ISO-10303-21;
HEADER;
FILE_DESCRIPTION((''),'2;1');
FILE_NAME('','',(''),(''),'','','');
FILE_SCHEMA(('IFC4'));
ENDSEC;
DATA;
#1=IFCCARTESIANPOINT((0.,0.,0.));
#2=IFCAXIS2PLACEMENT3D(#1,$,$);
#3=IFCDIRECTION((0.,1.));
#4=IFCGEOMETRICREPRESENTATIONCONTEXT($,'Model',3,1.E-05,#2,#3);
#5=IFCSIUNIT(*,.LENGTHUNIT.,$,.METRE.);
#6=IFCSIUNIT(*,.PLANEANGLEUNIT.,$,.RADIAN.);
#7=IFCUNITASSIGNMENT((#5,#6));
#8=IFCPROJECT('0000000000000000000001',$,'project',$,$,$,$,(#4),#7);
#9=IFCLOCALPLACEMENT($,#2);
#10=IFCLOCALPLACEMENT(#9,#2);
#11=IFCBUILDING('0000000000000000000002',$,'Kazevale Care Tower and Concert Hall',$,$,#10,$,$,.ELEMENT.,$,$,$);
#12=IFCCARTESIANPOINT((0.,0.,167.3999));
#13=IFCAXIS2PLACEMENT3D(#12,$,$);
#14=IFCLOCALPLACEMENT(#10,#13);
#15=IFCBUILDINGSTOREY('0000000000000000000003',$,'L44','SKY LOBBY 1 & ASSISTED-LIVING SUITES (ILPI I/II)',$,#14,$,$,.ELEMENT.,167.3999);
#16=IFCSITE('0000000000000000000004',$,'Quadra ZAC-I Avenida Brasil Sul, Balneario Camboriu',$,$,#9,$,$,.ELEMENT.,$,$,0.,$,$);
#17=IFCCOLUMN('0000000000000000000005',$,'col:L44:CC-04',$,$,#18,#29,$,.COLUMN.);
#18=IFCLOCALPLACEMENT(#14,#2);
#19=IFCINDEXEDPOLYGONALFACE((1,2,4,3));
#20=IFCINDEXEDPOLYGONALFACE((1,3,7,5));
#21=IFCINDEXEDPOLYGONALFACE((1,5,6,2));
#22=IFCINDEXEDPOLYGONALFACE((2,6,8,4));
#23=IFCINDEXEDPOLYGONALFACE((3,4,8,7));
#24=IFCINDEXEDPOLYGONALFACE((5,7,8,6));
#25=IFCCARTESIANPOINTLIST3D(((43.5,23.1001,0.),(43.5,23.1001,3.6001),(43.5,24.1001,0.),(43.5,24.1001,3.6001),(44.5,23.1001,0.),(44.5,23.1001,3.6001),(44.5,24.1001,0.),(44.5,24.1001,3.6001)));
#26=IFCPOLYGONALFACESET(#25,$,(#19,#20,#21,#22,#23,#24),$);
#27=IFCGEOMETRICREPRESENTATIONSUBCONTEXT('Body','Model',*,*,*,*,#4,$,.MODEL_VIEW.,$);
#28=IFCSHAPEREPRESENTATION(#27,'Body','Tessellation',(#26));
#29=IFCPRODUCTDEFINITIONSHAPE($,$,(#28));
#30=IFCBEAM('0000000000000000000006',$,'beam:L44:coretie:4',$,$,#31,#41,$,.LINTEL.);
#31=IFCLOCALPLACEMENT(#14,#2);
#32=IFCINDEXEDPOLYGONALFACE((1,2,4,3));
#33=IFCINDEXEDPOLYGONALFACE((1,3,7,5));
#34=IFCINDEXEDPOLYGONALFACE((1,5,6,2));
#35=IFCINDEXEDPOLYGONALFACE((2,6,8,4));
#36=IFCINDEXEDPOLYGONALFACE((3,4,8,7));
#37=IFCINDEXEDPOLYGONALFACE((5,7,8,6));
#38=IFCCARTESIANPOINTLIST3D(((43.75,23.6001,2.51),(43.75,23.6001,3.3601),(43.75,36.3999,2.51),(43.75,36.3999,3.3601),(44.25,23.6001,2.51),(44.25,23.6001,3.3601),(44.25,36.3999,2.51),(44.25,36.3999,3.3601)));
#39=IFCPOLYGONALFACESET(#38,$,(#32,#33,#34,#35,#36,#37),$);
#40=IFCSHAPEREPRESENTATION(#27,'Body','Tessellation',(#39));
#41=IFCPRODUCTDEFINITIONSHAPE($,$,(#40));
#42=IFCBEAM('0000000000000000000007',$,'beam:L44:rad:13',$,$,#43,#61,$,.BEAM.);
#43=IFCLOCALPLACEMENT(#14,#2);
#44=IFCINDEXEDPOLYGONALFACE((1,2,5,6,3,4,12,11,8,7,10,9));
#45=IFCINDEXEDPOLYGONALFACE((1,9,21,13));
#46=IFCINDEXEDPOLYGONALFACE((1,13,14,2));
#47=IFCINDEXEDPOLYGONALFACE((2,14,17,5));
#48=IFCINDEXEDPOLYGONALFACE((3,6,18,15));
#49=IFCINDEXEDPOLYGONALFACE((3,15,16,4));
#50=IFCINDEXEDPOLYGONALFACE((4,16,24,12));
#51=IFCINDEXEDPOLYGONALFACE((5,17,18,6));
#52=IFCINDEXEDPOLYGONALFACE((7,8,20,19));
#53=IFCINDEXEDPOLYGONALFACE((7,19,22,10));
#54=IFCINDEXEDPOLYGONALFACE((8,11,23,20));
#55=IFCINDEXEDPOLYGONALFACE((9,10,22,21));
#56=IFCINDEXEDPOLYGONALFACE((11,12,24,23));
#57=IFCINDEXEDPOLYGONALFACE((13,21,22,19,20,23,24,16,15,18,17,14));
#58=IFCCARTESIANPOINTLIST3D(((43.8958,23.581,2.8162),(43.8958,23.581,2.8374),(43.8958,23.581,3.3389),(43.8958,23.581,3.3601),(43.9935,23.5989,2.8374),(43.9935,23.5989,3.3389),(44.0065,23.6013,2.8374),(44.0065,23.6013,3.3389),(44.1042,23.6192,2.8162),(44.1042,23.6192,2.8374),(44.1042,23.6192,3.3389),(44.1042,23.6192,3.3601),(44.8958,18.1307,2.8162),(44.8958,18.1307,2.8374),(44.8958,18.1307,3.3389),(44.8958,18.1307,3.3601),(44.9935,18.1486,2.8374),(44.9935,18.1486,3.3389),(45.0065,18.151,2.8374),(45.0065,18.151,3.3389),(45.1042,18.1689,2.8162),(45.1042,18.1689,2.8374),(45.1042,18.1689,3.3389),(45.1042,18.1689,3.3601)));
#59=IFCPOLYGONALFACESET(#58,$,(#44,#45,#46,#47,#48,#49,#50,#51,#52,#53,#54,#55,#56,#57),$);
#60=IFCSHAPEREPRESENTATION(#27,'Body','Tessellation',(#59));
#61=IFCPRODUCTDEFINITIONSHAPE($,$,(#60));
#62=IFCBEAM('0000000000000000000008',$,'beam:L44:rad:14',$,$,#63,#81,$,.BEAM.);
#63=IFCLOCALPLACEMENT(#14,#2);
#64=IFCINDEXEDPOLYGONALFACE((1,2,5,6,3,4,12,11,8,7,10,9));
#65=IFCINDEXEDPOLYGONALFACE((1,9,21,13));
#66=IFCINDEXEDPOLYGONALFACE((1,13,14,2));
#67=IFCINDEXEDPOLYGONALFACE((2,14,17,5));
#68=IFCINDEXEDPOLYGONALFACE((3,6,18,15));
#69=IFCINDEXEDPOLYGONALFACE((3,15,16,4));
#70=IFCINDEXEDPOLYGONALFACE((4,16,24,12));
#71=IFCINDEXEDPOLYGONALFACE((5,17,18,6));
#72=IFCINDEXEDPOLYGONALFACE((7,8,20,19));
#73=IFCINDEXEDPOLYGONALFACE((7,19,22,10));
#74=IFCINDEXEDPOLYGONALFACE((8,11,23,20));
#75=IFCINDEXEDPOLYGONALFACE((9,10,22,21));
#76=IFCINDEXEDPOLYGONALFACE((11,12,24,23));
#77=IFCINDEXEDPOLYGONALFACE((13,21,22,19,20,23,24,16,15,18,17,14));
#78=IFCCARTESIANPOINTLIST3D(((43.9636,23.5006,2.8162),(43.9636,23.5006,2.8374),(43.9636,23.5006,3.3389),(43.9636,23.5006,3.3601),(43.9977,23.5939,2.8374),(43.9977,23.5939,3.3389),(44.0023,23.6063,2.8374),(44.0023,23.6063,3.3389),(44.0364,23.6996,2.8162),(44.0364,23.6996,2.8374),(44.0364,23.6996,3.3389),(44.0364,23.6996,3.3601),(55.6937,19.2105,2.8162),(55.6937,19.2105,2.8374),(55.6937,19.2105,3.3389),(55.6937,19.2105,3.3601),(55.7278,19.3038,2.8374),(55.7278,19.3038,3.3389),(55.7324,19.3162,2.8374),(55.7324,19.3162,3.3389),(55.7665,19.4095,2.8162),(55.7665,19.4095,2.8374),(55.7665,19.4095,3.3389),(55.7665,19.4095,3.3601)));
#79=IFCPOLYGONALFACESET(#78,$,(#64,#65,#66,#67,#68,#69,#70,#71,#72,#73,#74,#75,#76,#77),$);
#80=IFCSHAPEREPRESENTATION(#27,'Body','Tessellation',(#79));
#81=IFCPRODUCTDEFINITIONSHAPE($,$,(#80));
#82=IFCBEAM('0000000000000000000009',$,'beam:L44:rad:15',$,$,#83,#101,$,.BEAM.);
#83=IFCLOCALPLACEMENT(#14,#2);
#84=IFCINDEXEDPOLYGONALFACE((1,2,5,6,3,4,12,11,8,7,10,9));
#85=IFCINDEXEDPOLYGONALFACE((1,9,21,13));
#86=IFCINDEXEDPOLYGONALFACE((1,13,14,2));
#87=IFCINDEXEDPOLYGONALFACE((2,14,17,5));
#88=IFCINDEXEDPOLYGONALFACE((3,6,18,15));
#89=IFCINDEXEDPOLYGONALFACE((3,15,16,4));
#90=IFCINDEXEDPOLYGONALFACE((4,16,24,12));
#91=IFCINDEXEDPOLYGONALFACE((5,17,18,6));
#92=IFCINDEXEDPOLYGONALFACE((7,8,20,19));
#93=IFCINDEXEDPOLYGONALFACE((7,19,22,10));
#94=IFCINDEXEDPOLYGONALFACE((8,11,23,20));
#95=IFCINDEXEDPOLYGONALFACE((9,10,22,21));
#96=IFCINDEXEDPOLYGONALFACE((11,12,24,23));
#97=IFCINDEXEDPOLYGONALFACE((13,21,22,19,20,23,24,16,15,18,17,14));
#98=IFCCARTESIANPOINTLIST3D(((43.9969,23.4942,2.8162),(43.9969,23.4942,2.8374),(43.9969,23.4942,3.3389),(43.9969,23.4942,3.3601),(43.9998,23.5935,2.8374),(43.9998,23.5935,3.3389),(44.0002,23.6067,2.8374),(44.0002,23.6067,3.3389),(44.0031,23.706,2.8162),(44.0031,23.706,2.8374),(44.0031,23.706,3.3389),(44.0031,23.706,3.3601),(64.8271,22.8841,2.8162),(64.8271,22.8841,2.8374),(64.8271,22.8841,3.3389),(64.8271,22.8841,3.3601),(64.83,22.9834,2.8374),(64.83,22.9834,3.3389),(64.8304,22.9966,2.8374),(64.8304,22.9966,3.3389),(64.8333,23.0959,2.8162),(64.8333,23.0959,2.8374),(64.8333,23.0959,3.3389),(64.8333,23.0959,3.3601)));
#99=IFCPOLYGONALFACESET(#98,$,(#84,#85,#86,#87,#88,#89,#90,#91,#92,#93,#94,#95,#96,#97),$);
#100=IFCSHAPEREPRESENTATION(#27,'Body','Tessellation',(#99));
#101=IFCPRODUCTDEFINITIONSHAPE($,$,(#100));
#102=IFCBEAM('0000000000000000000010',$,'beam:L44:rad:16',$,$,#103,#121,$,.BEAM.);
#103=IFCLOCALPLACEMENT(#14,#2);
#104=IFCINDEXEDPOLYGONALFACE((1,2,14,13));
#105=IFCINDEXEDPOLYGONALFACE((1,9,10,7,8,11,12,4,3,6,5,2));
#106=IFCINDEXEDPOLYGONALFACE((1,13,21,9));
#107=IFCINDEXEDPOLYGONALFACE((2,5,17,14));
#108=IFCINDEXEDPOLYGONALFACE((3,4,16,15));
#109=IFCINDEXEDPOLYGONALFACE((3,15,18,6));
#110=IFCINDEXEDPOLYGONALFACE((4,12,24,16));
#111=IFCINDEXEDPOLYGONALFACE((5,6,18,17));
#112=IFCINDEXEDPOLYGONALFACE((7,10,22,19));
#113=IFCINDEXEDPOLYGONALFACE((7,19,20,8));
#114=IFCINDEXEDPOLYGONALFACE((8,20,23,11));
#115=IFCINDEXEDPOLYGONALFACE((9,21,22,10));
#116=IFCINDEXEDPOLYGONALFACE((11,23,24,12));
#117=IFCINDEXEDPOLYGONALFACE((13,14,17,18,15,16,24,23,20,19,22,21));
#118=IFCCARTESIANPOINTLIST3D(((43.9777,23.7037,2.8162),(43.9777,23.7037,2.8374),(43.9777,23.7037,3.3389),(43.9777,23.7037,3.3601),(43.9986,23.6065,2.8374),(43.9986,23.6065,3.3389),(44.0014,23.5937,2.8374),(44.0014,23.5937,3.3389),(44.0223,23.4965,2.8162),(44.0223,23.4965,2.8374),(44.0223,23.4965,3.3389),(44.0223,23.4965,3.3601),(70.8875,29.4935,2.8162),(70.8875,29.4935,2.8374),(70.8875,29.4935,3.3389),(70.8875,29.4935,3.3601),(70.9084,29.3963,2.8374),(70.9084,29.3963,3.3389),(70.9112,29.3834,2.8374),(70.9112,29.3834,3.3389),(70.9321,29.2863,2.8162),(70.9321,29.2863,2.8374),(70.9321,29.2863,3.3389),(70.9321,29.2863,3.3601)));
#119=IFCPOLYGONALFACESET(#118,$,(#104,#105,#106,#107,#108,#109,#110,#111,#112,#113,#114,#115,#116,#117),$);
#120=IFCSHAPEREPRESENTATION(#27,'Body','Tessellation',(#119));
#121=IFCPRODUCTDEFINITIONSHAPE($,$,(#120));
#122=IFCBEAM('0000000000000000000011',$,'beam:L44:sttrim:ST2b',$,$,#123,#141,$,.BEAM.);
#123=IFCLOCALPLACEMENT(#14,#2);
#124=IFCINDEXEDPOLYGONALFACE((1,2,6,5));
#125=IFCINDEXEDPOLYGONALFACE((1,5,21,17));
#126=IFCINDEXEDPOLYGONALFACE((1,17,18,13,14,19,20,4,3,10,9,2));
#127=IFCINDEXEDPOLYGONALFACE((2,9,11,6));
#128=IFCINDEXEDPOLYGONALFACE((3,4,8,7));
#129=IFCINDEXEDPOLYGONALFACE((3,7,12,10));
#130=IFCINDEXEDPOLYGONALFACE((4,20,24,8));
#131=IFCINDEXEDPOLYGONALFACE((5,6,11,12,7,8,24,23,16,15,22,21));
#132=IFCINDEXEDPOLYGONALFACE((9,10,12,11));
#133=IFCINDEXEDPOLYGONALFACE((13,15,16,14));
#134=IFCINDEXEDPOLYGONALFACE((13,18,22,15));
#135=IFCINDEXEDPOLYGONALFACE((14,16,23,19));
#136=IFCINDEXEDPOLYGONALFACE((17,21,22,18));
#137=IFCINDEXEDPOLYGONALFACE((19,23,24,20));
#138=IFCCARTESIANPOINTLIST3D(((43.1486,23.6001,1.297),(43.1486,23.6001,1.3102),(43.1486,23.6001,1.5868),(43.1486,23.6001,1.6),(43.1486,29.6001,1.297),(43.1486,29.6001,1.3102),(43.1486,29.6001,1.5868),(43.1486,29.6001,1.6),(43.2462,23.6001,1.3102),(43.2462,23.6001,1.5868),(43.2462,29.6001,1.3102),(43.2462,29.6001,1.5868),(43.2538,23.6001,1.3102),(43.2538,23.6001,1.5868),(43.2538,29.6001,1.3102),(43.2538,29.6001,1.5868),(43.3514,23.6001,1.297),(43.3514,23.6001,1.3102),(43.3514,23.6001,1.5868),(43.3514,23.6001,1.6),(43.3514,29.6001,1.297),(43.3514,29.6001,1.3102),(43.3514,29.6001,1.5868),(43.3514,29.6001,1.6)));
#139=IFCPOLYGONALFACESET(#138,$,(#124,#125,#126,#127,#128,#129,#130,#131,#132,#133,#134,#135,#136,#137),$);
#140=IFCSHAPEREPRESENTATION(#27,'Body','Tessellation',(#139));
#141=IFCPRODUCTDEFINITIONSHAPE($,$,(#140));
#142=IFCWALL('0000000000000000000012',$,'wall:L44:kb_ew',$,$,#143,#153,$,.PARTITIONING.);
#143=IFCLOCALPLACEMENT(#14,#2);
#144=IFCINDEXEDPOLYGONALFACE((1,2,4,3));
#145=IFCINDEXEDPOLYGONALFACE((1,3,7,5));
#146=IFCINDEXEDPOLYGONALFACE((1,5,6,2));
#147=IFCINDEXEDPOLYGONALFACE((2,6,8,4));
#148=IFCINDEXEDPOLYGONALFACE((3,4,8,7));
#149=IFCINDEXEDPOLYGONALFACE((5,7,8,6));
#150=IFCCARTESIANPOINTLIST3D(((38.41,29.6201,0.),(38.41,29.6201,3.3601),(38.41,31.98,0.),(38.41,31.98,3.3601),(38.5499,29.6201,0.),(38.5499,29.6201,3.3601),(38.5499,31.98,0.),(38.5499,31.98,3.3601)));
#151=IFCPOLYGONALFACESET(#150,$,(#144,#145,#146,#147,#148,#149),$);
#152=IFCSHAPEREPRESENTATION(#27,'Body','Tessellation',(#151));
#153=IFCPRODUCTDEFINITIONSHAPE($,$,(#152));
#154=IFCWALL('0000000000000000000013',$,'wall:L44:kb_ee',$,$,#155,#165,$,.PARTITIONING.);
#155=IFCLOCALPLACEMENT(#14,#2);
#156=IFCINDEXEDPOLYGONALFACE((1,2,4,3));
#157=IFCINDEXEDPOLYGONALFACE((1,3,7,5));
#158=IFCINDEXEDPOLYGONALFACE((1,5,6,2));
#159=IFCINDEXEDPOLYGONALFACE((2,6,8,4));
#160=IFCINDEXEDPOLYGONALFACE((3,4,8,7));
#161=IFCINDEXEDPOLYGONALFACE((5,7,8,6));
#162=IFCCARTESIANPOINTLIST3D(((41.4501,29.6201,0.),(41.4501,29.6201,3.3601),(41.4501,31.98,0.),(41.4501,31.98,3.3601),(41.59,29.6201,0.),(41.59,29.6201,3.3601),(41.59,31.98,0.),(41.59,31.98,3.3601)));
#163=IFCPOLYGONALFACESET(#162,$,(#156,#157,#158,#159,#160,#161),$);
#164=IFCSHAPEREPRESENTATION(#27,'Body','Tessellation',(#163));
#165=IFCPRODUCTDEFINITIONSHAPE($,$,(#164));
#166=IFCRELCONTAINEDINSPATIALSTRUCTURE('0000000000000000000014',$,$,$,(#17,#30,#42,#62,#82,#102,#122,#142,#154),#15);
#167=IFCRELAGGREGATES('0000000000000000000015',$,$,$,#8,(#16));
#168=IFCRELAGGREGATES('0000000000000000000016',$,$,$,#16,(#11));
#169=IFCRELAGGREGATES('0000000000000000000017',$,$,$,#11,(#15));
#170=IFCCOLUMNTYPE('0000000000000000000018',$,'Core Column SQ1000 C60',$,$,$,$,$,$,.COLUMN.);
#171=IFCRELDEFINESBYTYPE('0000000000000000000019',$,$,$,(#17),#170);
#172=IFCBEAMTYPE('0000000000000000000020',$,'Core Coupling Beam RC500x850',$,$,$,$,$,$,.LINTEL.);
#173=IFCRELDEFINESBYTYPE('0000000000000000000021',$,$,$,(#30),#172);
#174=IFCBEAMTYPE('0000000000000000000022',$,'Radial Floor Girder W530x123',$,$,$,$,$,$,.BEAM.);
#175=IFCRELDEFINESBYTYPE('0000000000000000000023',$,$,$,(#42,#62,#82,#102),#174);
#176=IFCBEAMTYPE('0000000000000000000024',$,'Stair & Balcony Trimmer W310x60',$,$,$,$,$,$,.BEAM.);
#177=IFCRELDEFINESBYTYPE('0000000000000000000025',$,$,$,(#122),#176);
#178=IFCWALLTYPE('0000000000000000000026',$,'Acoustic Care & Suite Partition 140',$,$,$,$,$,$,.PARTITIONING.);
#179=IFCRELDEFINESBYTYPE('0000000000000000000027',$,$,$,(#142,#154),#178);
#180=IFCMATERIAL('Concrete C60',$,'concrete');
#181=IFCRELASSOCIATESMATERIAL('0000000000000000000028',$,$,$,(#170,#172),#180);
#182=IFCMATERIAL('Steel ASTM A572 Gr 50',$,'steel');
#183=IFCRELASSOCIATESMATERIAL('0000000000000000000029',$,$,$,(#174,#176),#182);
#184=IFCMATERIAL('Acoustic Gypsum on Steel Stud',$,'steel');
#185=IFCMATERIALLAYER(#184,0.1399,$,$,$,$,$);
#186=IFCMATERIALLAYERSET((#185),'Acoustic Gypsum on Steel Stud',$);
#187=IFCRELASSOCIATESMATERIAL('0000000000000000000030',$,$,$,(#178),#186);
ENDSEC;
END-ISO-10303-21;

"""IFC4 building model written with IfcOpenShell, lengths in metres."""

from ifc_helpers import new_model, si_unit, direction, frame, frame_2d, origin, origin_2d, place, context, subcontext, project, spatial, rectangle, i_section, extrude, material, layer, layer_set, material_profile, profile_set, type_object, element, save


model = new_model("IFC4")

# Units and contexts
model_context = context("Model", 3, precision=1e-05, world=origin(), true_north=direction((0.0, 1.0)))
body_context = subcontext(model_context, "Body", "Model", "MODEL_VIEW")
ifc_project = project(units=[si_unit("LENGTHUNIT", "METRE"), si_unit("PLANEANGLEUNIT", "RADIAN")], contexts=[model_context])

# Site, building, storey
site_placement = place(None, origin())
site = spatial("IfcSite", under=ifc_project, at=site_placement, Name="Quadra ZAC-I Avenida Brasil Sul, Balneario Camboriu", CompositionType="ELEMENT", RefElevation=0.0)
building_placement = place(site_placement, origin())
building = spatial("IfcBuilding", under=site, at=building_placement, Name="Kazevale Care Tower and Concert Hall", CompositionType="ELEMENT")
storey_placement = place(building_placement, frame((0.0, 0.0, 167.3999)))
storey = spatial("IfcBuildingStorey", under=building, at=storey_placement, Name="L44", Description="SKY LOBBY 1 & ASSISTED-LIVING SUITES (ILPI I/II)", CompositionType="ELEMENT", Elevation=167.3999)

# Column
ifc_material_1 = material(Name="Concrete C60", Category="concrete")
ifc_material_profile_1 = material_profile(ifc_material_1, rectangle(XDim=1.0, YDim=1.0, at=origin_2d()), Name="RC-SQ1000")
ifc_profile_set_1 = profile_set([ifc_material_profile_1], Name="Concrete C60")
column_type = type_object("IfcColumnType", Name="Core Column SQ1000 C60", PredefinedType="COLUMN", material=ifc_profile_set_1)
column_placement = place(storey_placement, frame((44.0, 23.6001, 0.0), z_axis=(0.0, 0.0, 1.0), x_axis=(1.0, 0.0, 0.0)))
element("IfcColumn", 1, at=column_placement, inside=storey, type_object=column_type, Name="col:L44:CC-04", PredefinedType="COLUMN", context=body_context, shape_type="SweptSolid", body=[
    extrude(rectangle(XDim=1.0, YDim=1.0, at=origin_2d()), origin(), (0.0, 0.0, 1.0), 3.6001),
])

# Beams
ifc_material_profile_2 = material_profile(ifc_material_1, rectangle(XDim=0.5, YDim=0.8501, at=origin_2d()), Name="RC-B500x850")
ifc_profile_set_2 = profile_set([ifc_material_profile_2], Name="Concrete C60")
beam_type_1 = type_object("IfcBeamType", Name="Core Coupling Beam RC500x850", PredefinedType="LINTEL", material=ifc_profile_set_2)
beam_1_placement = place(storey_placement, frame((44.0, 23.6001, 2.9351), z_axis=(0.0, 1.0, 0.0), x_axis=(-1.0, 0.0, 0.0)))
element("IfcBeam", 2, at=beam_1_placement, inside=storey, type_object=beam_type_1, Name="beam:L44:coretie:4", PredefinedType="LINTEL", context=body_context, shape_type="SweptSolid", body=[
    extrude(rectangle(XDim=0.5, YDim=0.8501, at=origin_2d()), origin(), (0.0, 0.0, 1.0), 12.7998),
])
ifc_material_2 = material(Name="Steel ASTM A572 Gr 50", Category="steel")
ifc_material_profile_3 = material_profile(ifc_material_2, i_section(OverallWidth=0.2119, OverallDepth=0.5439, WebThickness=0.0132, FlangeThickness=0.0212, at=origin_2d()), Name="W530x123")
ifc_profile_set_3 = profile_set([ifc_material_profile_3], Name="Steel ASTM A572 Gr 50")
beam_type_2 = type_object("IfcBeamType", Name="Radial Floor Girder W530x123", PredefinedType="BEAM", material=ifc_profile_set_3)
beam_2_placement = place(storey_placement, frame((44.0, 23.6001, 3.0881), z_axis=(0.180467, -0.983581, 0.0), x_axis=(0.983581, 0.180467, 0.0)))
element("IfcBeam", 3, at=beam_2_placement, inside=storey, type_object=beam_type_2, Name="beam:L44:rad:13", PredefinedType="BEAM", context=body_context, shape_type="SweptSolid", body=[
    extrude(i_section(OverallWidth=0.2119, OverallDepth=0.5439, WebThickness=0.0132, FlangeThickness=0.0212, at=origin_2d()), origin(), (0.0, 0.0, 1.0), 5.5413),
])
beam_3_placement = place(storey_placement, frame((44.0, 23.6001, 3.0881), z_axis=(0.939159, -0.343481, 0.0), x_axis=(0.343481, 0.939159, 0.0)))
element("IfcBeam", 4, at=beam_3_placement, inside=storey, type_object=beam_type_2, Name="beam:L44:rad:14", PredefinedType="BEAM", context=body_context, shape_type="SweptSolid", body=[
    extrude(i_section(OverallWidth=0.2119, OverallDepth=0.5439, WebThickness=0.0132, FlangeThickness=0.0212, at=origin_2d()), origin(), (0.0, 0.0, 1.0), 12.49),
])
beam_4_placement = place(storey_placement, frame((44.0, 23.6001, 3.0881), z_axis=(0.999571, -0.029277, 0.0), x_axis=(0.029277, 0.999571, 0.0)))
element("IfcBeam", 5, at=beam_4_placement, inside=storey, type_object=beam_type_2, Name="beam:L44:rad:15", PredefinedType="BEAM", context=body_context, shape_type="SweptSolid", body=[
    extrude(i_section(OverallWidth=0.2119, OverallDepth=0.5439, WebThickness=0.0132, FlangeThickness=0.0212, at=origin_2d()), origin(), (0.0, 0.0, 1.0), 20.8391),
])
beam_5_placement = place(storey_placement, frame((44.0, 23.6001, 3.0881), z_axis=(0.977628, 0.210341, 0.0), x_axis=(-0.210341, 0.977628, 0.0)))
element("IfcBeam", 6, at=beam_5_placement, inside=storey, type_object=beam_type_2, Name="beam:L44:rad:16", PredefinedType="BEAM", context=body_context, shape_type="SweptSolid", body=[
    extrude(i_section(OverallWidth=0.2119, OverallDepth=0.5439, WebThickness=0.0132, FlangeThickness=0.0212, at=origin_2d()), origin(), (0.0, 0.0, 1.0), 27.5256),
])
ifc_material_profile_4 = material_profile(ifc_material_2, i_section(OverallWidth=0.2029, OverallDepth=0.303, WebThickness=0.0076, FlangeThickness=0.0132, at=origin_2d()), Name="W310x60")
ifc_profile_set_4 = profile_set([ifc_material_profile_4], Name="Steel ASTM A572 Gr 50")
beam_type_3 = type_object("IfcBeamType", Name="Stair & Balcony Trimmer W310x60", PredefinedType="BEAM", material=ifc_profile_set_4)
beam_6_placement = place(storey_placement, frame((43.25, 23.6001, 1.4485), z_axis=(0.0, 1.0, 0.0), x_axis=(-1.0, 0.0, 0.0)))
element("IfcBeam", 7, at=beam_6_placement, inside=storey, type_object=beam_type_3, Name="beam:L44:sttrim:ST2b", PredefinedType="BEAM", context=body_context, shape_type="SweptSolid", body=[
    extrude(i_section(OverallWidth=0.2029, OverallDepth=0.303, WebThickness=0.0076, FlangeThickness=0.0132, at=origin_2d()), origin(), (0.0, 0.0, 1.0), 6.0),
])

# Walls
ifc_material_3 = material(Name="Acoustic Gypsum on Steel Stud", Category="steel")
ifc_layer_1 = layer(ifc_material_3, 0.1399)
ifc_layer_set_1 = layer_set([ifc_layer_1], Name="Acoustic Gypsum on Steel Stud")
wall_type_1 = type_object("IfcWallType", Name="Acoustic Care & Suite Partition 140", PredefinedType="PARTITIONING", material=ifc_layer_set_1)
for number, where, z_axis, x_axis, name in (
    (8, (38.48, 29.6201, 0.0), (0.0, 0.0, 1.0), (0.0, 1.0, 0.0), "wall:L44:kb_ew"),
    (9, (41.52, 29.6201, 0.0), (0.0, 0.0, 1.0), (0.0, 1.0, 0.0), "wall:L44:kb_ee"),
):
    element("IfcWall", number, at=place(storey_placement, frame(where, z_axis=z_axis, x_axis=x_axis)), inside=storey, type_object=wall_type_1, Name=name, PredefinedType="PARTITIONING", context=body_context, shape_type="SweptSolid", body=[
        extrude(rectangle(XDim=2.3599, YDim=0.1399, at=frame_2d((1.1799, 0.0))), origin(), (0.0, 0.0, 1.0), 3.3601),
    ])

save(model, "model.ifc")
